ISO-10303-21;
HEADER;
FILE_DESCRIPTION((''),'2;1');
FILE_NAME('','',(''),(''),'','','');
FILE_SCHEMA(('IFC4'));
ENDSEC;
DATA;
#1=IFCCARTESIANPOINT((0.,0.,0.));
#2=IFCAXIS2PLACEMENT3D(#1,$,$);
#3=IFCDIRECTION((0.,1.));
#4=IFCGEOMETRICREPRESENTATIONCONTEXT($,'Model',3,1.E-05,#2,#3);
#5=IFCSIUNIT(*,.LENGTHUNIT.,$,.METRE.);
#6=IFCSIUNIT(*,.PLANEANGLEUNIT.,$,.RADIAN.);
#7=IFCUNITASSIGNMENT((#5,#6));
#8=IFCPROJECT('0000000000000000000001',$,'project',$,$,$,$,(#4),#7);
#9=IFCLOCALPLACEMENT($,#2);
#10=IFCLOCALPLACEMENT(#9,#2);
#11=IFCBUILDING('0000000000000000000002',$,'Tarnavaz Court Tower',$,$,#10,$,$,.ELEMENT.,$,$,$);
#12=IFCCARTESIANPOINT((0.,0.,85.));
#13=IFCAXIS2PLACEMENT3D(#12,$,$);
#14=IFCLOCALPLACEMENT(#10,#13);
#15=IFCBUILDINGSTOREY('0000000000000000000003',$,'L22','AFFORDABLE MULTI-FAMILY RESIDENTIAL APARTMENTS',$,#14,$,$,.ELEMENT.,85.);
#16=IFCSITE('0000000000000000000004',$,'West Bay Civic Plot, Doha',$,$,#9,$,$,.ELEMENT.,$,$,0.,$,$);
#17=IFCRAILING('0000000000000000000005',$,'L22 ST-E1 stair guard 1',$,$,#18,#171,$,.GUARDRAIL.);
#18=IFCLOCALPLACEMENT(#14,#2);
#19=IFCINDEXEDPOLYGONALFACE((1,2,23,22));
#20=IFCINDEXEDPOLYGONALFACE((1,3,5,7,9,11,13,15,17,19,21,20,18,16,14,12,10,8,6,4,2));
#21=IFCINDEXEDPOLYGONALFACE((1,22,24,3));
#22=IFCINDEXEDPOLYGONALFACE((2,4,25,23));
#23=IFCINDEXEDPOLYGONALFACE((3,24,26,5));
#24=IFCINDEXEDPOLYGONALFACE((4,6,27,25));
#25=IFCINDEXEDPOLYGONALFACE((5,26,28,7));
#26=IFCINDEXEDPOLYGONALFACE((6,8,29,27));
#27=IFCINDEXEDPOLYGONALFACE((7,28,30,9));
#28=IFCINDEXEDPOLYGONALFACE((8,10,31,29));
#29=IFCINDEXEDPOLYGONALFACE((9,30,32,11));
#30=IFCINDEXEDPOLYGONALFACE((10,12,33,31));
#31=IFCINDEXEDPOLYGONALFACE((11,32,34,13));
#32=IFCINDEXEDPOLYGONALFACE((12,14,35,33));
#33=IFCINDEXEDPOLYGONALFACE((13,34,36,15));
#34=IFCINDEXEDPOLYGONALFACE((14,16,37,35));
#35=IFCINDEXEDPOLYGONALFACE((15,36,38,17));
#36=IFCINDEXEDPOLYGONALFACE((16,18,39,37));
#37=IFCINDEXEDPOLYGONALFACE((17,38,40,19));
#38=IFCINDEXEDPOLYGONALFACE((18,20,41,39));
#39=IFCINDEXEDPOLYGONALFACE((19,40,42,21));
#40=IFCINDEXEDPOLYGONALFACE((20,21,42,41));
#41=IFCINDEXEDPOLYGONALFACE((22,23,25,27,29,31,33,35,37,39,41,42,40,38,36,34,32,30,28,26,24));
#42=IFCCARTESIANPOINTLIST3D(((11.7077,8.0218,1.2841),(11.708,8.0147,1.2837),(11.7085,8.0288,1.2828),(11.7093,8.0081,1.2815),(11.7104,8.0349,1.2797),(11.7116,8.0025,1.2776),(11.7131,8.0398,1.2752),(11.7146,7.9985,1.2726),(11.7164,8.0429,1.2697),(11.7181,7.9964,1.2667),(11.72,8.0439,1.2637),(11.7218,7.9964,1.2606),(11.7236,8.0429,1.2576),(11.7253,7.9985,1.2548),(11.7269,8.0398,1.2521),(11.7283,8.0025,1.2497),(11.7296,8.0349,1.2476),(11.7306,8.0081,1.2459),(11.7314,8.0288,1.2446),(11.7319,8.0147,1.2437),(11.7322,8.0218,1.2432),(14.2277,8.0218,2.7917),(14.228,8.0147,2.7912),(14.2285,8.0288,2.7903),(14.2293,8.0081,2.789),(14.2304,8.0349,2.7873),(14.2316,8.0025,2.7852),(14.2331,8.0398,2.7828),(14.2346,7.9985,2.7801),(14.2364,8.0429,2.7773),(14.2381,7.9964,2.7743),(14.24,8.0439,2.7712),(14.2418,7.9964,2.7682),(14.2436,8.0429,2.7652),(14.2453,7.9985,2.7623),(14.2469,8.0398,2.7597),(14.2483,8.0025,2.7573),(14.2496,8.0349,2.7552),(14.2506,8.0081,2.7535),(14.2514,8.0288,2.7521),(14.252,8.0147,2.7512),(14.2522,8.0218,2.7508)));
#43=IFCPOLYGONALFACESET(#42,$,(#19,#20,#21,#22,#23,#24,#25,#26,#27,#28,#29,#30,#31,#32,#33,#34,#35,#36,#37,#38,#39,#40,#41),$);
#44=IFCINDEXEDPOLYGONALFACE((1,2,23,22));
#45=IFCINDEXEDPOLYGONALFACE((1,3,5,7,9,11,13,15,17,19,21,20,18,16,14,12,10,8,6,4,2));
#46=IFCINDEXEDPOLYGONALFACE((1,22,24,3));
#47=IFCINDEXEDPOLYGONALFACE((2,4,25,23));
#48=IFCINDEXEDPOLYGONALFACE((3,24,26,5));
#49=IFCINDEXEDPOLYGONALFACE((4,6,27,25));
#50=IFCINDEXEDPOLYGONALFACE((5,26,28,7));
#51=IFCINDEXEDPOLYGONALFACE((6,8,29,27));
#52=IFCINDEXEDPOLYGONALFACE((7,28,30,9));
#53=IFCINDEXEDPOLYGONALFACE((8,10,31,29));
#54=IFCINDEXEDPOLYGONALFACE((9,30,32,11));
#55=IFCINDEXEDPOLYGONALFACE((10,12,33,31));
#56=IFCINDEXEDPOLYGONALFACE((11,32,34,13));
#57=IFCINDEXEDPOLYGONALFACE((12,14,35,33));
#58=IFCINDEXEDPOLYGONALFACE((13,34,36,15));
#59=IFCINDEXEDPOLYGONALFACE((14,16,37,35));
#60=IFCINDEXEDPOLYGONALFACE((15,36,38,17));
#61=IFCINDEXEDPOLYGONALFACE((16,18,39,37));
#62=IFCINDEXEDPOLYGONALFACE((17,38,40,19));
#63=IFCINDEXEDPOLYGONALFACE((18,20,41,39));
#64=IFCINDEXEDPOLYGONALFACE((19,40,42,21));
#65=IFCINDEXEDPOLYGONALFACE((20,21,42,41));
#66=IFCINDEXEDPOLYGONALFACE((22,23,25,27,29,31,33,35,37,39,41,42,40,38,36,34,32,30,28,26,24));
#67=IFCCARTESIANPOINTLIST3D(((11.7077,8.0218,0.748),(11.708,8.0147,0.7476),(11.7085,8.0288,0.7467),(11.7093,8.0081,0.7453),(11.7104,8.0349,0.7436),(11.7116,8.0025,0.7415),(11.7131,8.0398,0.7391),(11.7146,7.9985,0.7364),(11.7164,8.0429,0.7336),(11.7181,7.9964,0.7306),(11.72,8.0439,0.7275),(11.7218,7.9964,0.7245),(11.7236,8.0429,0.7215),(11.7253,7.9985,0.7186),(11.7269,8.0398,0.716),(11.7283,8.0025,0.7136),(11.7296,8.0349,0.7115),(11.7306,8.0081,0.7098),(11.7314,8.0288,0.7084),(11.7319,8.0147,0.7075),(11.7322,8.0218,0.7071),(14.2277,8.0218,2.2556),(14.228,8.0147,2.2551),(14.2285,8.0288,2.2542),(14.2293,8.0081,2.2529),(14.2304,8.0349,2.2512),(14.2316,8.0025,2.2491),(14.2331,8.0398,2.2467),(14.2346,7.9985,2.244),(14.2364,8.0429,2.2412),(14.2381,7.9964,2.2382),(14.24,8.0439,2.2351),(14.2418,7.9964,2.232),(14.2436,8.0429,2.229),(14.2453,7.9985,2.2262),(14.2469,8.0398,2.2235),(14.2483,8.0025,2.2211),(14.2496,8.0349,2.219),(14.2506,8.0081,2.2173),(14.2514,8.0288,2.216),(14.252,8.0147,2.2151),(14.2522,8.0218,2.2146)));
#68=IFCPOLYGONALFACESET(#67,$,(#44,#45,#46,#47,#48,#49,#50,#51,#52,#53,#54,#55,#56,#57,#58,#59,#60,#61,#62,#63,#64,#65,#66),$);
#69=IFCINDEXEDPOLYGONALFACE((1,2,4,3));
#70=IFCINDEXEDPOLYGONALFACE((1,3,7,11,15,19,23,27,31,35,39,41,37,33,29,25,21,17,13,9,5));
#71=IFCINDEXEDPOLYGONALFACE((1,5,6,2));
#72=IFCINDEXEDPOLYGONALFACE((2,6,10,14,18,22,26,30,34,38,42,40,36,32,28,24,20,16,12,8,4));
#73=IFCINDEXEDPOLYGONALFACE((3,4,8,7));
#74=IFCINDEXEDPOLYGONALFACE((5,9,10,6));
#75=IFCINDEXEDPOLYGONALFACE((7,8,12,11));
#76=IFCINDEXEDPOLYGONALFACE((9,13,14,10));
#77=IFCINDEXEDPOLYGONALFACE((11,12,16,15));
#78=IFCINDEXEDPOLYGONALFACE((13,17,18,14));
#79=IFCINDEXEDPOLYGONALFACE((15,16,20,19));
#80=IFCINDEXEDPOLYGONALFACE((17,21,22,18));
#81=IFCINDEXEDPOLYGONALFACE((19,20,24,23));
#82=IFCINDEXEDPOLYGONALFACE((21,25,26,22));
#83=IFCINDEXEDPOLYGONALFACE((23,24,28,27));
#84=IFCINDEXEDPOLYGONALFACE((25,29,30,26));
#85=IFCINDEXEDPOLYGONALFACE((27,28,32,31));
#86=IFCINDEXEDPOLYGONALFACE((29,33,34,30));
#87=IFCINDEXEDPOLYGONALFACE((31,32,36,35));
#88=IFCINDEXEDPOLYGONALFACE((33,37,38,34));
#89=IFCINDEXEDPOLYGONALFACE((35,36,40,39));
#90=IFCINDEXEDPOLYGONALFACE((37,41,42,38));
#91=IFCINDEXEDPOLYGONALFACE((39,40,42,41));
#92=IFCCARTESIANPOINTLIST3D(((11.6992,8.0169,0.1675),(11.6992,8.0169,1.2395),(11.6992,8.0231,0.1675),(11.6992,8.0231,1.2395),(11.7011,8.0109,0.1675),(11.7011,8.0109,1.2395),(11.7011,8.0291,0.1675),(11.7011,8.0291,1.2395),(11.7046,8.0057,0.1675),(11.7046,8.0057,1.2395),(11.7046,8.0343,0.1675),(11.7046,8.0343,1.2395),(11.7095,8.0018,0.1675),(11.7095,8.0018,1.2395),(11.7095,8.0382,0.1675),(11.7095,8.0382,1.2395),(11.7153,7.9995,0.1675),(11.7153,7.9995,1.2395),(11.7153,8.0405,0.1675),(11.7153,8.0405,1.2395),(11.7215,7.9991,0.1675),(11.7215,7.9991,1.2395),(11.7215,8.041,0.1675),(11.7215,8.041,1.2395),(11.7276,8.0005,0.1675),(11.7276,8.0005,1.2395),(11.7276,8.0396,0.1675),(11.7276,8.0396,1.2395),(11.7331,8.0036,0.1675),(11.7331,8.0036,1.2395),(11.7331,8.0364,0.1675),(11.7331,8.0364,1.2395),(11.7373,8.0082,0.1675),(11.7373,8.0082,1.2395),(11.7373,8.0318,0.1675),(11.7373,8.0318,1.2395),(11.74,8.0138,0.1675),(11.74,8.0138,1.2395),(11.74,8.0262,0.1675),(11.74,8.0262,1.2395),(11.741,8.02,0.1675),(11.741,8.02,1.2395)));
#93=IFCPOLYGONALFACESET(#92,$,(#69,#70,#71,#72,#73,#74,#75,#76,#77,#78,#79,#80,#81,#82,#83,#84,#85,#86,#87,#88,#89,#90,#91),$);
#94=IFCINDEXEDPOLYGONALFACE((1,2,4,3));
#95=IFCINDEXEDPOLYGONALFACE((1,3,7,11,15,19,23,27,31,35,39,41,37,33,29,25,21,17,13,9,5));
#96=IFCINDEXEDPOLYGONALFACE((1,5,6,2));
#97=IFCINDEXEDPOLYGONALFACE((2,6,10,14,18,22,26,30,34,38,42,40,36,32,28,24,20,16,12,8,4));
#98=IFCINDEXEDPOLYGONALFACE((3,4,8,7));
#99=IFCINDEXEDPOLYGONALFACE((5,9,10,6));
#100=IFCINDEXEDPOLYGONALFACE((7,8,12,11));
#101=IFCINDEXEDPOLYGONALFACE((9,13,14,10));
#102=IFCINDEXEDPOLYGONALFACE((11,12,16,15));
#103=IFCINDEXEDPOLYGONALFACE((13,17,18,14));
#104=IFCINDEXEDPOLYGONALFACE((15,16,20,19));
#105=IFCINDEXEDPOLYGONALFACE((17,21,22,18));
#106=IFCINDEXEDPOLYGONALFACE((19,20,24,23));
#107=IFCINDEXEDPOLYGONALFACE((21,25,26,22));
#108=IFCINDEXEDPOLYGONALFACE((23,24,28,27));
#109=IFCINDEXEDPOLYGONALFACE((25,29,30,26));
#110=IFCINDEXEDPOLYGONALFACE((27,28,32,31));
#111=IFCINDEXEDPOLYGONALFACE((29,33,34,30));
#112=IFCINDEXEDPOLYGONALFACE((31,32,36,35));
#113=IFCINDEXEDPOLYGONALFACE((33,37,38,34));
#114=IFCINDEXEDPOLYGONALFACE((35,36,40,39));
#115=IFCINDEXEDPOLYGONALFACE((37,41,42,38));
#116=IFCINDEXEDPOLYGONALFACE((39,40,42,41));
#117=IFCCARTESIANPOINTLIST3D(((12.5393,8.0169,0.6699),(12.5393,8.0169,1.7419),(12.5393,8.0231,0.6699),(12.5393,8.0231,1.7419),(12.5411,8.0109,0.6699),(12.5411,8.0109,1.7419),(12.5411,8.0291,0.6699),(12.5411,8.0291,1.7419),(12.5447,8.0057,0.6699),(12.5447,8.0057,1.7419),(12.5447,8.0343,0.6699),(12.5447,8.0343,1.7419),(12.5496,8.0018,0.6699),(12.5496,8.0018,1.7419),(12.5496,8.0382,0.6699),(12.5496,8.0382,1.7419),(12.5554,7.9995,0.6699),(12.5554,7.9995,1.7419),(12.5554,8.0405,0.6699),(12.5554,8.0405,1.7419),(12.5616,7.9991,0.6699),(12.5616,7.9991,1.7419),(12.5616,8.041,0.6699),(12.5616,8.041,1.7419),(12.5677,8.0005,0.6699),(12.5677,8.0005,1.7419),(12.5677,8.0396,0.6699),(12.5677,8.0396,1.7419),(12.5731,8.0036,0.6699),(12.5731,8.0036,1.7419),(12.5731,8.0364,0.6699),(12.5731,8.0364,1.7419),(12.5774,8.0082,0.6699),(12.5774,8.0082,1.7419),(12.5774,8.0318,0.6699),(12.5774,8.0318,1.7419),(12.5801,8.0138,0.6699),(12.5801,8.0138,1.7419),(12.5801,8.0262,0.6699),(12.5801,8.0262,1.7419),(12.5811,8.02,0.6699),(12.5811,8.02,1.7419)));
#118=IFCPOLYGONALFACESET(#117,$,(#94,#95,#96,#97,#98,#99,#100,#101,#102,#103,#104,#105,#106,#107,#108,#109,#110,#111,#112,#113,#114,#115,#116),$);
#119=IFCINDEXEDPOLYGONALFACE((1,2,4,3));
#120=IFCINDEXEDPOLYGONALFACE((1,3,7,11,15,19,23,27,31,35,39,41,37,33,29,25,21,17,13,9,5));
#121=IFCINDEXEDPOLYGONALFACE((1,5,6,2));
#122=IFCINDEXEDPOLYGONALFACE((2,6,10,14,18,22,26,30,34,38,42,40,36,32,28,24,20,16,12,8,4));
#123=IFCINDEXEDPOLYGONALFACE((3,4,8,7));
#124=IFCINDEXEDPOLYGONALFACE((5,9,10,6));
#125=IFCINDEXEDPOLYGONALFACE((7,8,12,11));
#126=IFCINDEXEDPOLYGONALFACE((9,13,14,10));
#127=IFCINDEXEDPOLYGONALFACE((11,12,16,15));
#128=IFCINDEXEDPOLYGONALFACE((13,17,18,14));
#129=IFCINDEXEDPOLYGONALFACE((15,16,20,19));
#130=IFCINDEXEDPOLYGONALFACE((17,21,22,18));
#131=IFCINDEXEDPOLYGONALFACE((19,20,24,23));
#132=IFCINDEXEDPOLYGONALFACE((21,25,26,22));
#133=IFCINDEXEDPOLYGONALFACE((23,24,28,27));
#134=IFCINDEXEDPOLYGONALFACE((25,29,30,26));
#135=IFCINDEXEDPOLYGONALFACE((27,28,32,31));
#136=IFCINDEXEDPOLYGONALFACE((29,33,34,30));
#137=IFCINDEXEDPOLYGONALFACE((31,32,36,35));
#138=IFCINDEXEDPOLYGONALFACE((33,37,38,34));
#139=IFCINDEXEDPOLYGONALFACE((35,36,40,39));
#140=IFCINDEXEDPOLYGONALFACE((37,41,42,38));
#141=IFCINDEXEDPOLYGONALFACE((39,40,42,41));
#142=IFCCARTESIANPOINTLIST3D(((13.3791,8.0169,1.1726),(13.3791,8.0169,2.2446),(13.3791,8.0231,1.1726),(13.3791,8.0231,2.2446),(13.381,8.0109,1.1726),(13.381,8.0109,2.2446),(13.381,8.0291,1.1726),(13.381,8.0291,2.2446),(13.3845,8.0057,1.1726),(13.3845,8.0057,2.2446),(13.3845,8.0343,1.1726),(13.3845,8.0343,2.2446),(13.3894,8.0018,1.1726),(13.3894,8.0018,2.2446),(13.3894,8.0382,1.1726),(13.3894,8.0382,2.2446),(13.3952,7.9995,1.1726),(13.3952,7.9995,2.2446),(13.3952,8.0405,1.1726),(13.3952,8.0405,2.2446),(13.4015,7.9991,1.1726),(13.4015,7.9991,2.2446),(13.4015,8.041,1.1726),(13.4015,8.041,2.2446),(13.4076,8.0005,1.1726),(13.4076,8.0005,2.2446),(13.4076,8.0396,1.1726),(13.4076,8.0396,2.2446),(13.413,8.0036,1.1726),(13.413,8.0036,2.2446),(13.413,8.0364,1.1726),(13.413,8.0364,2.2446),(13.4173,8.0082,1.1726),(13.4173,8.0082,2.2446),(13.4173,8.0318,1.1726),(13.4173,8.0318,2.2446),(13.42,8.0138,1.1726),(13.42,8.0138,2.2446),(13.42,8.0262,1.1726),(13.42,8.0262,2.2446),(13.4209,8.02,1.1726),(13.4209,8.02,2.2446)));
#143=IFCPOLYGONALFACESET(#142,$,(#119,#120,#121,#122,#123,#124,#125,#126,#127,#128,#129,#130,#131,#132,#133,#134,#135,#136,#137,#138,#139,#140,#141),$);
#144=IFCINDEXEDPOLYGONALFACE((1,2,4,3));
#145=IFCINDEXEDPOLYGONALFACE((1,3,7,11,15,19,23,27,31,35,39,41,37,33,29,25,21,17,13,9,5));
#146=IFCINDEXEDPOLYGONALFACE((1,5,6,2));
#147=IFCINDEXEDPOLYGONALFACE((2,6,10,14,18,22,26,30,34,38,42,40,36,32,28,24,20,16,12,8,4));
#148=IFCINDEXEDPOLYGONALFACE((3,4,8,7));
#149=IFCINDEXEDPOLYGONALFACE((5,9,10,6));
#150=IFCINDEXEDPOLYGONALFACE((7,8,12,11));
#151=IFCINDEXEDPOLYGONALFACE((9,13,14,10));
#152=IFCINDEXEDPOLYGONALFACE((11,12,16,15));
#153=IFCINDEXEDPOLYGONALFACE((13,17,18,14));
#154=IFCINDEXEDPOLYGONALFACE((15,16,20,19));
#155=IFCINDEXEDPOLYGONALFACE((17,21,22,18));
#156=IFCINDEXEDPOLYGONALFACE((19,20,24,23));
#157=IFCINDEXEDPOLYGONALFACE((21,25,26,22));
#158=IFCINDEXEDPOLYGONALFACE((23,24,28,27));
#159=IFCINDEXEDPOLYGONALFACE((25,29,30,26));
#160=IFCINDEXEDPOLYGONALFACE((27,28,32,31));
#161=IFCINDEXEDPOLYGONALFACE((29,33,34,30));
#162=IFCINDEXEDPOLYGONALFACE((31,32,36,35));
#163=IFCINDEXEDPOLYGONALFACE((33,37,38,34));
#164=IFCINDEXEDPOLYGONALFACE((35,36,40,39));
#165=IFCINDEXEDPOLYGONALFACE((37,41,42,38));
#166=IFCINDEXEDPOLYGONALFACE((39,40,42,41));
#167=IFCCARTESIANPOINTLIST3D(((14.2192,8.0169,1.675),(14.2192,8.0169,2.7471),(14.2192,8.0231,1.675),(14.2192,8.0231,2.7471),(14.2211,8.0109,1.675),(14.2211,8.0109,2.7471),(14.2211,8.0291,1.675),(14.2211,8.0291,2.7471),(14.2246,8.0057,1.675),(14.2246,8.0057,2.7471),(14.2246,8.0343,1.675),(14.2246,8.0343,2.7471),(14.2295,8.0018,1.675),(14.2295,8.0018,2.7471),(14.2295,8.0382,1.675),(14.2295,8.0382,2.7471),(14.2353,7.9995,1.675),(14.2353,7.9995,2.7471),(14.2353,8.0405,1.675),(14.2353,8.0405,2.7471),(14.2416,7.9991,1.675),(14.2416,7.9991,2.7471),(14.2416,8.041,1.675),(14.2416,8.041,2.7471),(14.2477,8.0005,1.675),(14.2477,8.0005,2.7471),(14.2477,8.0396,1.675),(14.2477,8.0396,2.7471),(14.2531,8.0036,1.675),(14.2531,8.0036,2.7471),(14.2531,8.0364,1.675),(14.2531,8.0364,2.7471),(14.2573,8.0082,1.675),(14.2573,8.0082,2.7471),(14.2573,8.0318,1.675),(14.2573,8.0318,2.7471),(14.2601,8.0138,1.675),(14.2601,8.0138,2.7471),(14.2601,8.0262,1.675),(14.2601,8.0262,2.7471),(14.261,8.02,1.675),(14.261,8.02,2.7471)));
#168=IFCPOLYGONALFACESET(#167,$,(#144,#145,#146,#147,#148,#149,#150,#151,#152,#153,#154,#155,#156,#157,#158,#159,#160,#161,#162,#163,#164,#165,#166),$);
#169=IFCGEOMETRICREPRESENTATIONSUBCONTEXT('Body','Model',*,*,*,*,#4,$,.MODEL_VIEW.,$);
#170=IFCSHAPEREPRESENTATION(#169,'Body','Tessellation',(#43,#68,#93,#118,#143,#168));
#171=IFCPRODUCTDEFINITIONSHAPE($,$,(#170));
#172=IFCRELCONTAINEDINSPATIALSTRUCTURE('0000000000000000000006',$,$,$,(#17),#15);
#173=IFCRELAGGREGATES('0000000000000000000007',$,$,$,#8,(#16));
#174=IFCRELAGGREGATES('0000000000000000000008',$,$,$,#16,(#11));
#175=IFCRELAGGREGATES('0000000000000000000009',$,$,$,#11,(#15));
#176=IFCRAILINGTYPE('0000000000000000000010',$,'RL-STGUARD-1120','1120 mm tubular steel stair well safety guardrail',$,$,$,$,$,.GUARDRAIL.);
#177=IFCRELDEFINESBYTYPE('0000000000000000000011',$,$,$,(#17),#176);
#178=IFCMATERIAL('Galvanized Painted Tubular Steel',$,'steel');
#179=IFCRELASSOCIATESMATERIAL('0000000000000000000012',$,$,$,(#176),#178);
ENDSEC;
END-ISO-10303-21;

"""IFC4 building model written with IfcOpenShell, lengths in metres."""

from ifc_helpers import new_model, si_unit, direction, frame, origin, origin_2d, place, context, subcontext, project, spatial, circle, extrude, material, type_object, element, save


model = new_model("IFC4")

# Units and contexts
model_context = context("Model", 3, precision=1e-05, world=origin(), true_north=direction((0.0, 1.0)))
body_context = subcontext(model_context, "Body", "Model", "MODEL_VIEW")
ifc_project = project(units=[si_unit("LENGTHUNIT", "METRE"), si_unit("PLANEANGLEUNIT", "RADIAN")], contexts=[model_context])

# Site, building, storey
site_placement = place(None, origin())
site = spatial("IfcSite", under=ifc_project, at=site_placement, Name="West Bay Civic Plot, Doha", CompositionType="ELEMENT", RefElevation=0.0)
building_placement = place(site_placement, origin())
building = spatial("IfcBuilding", under=site, at=building_placement, Name="Tarnavaz Court Tower", CompositionType="ELEMENT")
storey_placement = place(building_placement, frame((0.0, 0.0, 85.0)))
storey = spatial("IfcBuildingStorey", under=building, at=storey_placement, Name="L22", Description="AFFORDABLE MULTI-FAMILY RESIDENTIAL APARTMENTS", CompositionType="ELEMENT", Elevation=85.0)

# Railing
ifc_material_1 = material(Name="Galvanized Painted Tubular Steel", Category="steel")
railing_type_1 = type_object("IfcRailingType", Name="RL-STGUARD-1120", Description="1120 mm tubular steel stair well safety guardrail", PredefinedType="GUARDRAIL", material=ifc_material_1)
railing_1_placement = place(storey_placement, frame((11.72, 8.02, 0.1675)))
element("IfcRailing", 1, at=railing_1_placement, inside=storey, type_object=railing_type_1, Name="L22 ST-E1 stair guard 1", PredefinedType="GUARDRAIL", context=body_context, shape_type="SweptSolid", body=[
    extrude(circle(Radius=0.0239, at=origin_2d()), frame((0.0, 0.0, 1.0962), z_axis=(0.85816, 0.0, 0.513383), x_axis=(0.0, 1.0, 0.0)), (0.0, 0.0, 1.0), 2.9365),
    extrude(circle(Radius=0.0239, at=origin_2d()), frame((0.0, 0.0, 0.5601), z_axis=(0.85816, 0.0, 0.513383), x_axis=(0.0, 1.0, 0.0)), (0.0, 0.0, 1.0), 2.9365),
    extrude(circle(Radius=0.021, at=origin_2d()), origin(), (0.0, 0.0, 1.0), 1.072),
    extrude(circle(Radius=0.021, at=origin_2d()), frame((0.8401, 0.0, 0.5024)), (0.0, 0.0, 1.0), 1.072),
    extrude(circle(Radius=0.021, at=origin_2d()), frame((1.6799, 0.0, 1.0051)), (0.0, 0.0, 1.0), 1.072),
    extrude(circle(Radius=0.021, at=origin_2d()), frame((2.52, 0.0, 1.5076)), (0.0, 0.0, 1.0), 1.072),
])

save(model, "model.ifc")
